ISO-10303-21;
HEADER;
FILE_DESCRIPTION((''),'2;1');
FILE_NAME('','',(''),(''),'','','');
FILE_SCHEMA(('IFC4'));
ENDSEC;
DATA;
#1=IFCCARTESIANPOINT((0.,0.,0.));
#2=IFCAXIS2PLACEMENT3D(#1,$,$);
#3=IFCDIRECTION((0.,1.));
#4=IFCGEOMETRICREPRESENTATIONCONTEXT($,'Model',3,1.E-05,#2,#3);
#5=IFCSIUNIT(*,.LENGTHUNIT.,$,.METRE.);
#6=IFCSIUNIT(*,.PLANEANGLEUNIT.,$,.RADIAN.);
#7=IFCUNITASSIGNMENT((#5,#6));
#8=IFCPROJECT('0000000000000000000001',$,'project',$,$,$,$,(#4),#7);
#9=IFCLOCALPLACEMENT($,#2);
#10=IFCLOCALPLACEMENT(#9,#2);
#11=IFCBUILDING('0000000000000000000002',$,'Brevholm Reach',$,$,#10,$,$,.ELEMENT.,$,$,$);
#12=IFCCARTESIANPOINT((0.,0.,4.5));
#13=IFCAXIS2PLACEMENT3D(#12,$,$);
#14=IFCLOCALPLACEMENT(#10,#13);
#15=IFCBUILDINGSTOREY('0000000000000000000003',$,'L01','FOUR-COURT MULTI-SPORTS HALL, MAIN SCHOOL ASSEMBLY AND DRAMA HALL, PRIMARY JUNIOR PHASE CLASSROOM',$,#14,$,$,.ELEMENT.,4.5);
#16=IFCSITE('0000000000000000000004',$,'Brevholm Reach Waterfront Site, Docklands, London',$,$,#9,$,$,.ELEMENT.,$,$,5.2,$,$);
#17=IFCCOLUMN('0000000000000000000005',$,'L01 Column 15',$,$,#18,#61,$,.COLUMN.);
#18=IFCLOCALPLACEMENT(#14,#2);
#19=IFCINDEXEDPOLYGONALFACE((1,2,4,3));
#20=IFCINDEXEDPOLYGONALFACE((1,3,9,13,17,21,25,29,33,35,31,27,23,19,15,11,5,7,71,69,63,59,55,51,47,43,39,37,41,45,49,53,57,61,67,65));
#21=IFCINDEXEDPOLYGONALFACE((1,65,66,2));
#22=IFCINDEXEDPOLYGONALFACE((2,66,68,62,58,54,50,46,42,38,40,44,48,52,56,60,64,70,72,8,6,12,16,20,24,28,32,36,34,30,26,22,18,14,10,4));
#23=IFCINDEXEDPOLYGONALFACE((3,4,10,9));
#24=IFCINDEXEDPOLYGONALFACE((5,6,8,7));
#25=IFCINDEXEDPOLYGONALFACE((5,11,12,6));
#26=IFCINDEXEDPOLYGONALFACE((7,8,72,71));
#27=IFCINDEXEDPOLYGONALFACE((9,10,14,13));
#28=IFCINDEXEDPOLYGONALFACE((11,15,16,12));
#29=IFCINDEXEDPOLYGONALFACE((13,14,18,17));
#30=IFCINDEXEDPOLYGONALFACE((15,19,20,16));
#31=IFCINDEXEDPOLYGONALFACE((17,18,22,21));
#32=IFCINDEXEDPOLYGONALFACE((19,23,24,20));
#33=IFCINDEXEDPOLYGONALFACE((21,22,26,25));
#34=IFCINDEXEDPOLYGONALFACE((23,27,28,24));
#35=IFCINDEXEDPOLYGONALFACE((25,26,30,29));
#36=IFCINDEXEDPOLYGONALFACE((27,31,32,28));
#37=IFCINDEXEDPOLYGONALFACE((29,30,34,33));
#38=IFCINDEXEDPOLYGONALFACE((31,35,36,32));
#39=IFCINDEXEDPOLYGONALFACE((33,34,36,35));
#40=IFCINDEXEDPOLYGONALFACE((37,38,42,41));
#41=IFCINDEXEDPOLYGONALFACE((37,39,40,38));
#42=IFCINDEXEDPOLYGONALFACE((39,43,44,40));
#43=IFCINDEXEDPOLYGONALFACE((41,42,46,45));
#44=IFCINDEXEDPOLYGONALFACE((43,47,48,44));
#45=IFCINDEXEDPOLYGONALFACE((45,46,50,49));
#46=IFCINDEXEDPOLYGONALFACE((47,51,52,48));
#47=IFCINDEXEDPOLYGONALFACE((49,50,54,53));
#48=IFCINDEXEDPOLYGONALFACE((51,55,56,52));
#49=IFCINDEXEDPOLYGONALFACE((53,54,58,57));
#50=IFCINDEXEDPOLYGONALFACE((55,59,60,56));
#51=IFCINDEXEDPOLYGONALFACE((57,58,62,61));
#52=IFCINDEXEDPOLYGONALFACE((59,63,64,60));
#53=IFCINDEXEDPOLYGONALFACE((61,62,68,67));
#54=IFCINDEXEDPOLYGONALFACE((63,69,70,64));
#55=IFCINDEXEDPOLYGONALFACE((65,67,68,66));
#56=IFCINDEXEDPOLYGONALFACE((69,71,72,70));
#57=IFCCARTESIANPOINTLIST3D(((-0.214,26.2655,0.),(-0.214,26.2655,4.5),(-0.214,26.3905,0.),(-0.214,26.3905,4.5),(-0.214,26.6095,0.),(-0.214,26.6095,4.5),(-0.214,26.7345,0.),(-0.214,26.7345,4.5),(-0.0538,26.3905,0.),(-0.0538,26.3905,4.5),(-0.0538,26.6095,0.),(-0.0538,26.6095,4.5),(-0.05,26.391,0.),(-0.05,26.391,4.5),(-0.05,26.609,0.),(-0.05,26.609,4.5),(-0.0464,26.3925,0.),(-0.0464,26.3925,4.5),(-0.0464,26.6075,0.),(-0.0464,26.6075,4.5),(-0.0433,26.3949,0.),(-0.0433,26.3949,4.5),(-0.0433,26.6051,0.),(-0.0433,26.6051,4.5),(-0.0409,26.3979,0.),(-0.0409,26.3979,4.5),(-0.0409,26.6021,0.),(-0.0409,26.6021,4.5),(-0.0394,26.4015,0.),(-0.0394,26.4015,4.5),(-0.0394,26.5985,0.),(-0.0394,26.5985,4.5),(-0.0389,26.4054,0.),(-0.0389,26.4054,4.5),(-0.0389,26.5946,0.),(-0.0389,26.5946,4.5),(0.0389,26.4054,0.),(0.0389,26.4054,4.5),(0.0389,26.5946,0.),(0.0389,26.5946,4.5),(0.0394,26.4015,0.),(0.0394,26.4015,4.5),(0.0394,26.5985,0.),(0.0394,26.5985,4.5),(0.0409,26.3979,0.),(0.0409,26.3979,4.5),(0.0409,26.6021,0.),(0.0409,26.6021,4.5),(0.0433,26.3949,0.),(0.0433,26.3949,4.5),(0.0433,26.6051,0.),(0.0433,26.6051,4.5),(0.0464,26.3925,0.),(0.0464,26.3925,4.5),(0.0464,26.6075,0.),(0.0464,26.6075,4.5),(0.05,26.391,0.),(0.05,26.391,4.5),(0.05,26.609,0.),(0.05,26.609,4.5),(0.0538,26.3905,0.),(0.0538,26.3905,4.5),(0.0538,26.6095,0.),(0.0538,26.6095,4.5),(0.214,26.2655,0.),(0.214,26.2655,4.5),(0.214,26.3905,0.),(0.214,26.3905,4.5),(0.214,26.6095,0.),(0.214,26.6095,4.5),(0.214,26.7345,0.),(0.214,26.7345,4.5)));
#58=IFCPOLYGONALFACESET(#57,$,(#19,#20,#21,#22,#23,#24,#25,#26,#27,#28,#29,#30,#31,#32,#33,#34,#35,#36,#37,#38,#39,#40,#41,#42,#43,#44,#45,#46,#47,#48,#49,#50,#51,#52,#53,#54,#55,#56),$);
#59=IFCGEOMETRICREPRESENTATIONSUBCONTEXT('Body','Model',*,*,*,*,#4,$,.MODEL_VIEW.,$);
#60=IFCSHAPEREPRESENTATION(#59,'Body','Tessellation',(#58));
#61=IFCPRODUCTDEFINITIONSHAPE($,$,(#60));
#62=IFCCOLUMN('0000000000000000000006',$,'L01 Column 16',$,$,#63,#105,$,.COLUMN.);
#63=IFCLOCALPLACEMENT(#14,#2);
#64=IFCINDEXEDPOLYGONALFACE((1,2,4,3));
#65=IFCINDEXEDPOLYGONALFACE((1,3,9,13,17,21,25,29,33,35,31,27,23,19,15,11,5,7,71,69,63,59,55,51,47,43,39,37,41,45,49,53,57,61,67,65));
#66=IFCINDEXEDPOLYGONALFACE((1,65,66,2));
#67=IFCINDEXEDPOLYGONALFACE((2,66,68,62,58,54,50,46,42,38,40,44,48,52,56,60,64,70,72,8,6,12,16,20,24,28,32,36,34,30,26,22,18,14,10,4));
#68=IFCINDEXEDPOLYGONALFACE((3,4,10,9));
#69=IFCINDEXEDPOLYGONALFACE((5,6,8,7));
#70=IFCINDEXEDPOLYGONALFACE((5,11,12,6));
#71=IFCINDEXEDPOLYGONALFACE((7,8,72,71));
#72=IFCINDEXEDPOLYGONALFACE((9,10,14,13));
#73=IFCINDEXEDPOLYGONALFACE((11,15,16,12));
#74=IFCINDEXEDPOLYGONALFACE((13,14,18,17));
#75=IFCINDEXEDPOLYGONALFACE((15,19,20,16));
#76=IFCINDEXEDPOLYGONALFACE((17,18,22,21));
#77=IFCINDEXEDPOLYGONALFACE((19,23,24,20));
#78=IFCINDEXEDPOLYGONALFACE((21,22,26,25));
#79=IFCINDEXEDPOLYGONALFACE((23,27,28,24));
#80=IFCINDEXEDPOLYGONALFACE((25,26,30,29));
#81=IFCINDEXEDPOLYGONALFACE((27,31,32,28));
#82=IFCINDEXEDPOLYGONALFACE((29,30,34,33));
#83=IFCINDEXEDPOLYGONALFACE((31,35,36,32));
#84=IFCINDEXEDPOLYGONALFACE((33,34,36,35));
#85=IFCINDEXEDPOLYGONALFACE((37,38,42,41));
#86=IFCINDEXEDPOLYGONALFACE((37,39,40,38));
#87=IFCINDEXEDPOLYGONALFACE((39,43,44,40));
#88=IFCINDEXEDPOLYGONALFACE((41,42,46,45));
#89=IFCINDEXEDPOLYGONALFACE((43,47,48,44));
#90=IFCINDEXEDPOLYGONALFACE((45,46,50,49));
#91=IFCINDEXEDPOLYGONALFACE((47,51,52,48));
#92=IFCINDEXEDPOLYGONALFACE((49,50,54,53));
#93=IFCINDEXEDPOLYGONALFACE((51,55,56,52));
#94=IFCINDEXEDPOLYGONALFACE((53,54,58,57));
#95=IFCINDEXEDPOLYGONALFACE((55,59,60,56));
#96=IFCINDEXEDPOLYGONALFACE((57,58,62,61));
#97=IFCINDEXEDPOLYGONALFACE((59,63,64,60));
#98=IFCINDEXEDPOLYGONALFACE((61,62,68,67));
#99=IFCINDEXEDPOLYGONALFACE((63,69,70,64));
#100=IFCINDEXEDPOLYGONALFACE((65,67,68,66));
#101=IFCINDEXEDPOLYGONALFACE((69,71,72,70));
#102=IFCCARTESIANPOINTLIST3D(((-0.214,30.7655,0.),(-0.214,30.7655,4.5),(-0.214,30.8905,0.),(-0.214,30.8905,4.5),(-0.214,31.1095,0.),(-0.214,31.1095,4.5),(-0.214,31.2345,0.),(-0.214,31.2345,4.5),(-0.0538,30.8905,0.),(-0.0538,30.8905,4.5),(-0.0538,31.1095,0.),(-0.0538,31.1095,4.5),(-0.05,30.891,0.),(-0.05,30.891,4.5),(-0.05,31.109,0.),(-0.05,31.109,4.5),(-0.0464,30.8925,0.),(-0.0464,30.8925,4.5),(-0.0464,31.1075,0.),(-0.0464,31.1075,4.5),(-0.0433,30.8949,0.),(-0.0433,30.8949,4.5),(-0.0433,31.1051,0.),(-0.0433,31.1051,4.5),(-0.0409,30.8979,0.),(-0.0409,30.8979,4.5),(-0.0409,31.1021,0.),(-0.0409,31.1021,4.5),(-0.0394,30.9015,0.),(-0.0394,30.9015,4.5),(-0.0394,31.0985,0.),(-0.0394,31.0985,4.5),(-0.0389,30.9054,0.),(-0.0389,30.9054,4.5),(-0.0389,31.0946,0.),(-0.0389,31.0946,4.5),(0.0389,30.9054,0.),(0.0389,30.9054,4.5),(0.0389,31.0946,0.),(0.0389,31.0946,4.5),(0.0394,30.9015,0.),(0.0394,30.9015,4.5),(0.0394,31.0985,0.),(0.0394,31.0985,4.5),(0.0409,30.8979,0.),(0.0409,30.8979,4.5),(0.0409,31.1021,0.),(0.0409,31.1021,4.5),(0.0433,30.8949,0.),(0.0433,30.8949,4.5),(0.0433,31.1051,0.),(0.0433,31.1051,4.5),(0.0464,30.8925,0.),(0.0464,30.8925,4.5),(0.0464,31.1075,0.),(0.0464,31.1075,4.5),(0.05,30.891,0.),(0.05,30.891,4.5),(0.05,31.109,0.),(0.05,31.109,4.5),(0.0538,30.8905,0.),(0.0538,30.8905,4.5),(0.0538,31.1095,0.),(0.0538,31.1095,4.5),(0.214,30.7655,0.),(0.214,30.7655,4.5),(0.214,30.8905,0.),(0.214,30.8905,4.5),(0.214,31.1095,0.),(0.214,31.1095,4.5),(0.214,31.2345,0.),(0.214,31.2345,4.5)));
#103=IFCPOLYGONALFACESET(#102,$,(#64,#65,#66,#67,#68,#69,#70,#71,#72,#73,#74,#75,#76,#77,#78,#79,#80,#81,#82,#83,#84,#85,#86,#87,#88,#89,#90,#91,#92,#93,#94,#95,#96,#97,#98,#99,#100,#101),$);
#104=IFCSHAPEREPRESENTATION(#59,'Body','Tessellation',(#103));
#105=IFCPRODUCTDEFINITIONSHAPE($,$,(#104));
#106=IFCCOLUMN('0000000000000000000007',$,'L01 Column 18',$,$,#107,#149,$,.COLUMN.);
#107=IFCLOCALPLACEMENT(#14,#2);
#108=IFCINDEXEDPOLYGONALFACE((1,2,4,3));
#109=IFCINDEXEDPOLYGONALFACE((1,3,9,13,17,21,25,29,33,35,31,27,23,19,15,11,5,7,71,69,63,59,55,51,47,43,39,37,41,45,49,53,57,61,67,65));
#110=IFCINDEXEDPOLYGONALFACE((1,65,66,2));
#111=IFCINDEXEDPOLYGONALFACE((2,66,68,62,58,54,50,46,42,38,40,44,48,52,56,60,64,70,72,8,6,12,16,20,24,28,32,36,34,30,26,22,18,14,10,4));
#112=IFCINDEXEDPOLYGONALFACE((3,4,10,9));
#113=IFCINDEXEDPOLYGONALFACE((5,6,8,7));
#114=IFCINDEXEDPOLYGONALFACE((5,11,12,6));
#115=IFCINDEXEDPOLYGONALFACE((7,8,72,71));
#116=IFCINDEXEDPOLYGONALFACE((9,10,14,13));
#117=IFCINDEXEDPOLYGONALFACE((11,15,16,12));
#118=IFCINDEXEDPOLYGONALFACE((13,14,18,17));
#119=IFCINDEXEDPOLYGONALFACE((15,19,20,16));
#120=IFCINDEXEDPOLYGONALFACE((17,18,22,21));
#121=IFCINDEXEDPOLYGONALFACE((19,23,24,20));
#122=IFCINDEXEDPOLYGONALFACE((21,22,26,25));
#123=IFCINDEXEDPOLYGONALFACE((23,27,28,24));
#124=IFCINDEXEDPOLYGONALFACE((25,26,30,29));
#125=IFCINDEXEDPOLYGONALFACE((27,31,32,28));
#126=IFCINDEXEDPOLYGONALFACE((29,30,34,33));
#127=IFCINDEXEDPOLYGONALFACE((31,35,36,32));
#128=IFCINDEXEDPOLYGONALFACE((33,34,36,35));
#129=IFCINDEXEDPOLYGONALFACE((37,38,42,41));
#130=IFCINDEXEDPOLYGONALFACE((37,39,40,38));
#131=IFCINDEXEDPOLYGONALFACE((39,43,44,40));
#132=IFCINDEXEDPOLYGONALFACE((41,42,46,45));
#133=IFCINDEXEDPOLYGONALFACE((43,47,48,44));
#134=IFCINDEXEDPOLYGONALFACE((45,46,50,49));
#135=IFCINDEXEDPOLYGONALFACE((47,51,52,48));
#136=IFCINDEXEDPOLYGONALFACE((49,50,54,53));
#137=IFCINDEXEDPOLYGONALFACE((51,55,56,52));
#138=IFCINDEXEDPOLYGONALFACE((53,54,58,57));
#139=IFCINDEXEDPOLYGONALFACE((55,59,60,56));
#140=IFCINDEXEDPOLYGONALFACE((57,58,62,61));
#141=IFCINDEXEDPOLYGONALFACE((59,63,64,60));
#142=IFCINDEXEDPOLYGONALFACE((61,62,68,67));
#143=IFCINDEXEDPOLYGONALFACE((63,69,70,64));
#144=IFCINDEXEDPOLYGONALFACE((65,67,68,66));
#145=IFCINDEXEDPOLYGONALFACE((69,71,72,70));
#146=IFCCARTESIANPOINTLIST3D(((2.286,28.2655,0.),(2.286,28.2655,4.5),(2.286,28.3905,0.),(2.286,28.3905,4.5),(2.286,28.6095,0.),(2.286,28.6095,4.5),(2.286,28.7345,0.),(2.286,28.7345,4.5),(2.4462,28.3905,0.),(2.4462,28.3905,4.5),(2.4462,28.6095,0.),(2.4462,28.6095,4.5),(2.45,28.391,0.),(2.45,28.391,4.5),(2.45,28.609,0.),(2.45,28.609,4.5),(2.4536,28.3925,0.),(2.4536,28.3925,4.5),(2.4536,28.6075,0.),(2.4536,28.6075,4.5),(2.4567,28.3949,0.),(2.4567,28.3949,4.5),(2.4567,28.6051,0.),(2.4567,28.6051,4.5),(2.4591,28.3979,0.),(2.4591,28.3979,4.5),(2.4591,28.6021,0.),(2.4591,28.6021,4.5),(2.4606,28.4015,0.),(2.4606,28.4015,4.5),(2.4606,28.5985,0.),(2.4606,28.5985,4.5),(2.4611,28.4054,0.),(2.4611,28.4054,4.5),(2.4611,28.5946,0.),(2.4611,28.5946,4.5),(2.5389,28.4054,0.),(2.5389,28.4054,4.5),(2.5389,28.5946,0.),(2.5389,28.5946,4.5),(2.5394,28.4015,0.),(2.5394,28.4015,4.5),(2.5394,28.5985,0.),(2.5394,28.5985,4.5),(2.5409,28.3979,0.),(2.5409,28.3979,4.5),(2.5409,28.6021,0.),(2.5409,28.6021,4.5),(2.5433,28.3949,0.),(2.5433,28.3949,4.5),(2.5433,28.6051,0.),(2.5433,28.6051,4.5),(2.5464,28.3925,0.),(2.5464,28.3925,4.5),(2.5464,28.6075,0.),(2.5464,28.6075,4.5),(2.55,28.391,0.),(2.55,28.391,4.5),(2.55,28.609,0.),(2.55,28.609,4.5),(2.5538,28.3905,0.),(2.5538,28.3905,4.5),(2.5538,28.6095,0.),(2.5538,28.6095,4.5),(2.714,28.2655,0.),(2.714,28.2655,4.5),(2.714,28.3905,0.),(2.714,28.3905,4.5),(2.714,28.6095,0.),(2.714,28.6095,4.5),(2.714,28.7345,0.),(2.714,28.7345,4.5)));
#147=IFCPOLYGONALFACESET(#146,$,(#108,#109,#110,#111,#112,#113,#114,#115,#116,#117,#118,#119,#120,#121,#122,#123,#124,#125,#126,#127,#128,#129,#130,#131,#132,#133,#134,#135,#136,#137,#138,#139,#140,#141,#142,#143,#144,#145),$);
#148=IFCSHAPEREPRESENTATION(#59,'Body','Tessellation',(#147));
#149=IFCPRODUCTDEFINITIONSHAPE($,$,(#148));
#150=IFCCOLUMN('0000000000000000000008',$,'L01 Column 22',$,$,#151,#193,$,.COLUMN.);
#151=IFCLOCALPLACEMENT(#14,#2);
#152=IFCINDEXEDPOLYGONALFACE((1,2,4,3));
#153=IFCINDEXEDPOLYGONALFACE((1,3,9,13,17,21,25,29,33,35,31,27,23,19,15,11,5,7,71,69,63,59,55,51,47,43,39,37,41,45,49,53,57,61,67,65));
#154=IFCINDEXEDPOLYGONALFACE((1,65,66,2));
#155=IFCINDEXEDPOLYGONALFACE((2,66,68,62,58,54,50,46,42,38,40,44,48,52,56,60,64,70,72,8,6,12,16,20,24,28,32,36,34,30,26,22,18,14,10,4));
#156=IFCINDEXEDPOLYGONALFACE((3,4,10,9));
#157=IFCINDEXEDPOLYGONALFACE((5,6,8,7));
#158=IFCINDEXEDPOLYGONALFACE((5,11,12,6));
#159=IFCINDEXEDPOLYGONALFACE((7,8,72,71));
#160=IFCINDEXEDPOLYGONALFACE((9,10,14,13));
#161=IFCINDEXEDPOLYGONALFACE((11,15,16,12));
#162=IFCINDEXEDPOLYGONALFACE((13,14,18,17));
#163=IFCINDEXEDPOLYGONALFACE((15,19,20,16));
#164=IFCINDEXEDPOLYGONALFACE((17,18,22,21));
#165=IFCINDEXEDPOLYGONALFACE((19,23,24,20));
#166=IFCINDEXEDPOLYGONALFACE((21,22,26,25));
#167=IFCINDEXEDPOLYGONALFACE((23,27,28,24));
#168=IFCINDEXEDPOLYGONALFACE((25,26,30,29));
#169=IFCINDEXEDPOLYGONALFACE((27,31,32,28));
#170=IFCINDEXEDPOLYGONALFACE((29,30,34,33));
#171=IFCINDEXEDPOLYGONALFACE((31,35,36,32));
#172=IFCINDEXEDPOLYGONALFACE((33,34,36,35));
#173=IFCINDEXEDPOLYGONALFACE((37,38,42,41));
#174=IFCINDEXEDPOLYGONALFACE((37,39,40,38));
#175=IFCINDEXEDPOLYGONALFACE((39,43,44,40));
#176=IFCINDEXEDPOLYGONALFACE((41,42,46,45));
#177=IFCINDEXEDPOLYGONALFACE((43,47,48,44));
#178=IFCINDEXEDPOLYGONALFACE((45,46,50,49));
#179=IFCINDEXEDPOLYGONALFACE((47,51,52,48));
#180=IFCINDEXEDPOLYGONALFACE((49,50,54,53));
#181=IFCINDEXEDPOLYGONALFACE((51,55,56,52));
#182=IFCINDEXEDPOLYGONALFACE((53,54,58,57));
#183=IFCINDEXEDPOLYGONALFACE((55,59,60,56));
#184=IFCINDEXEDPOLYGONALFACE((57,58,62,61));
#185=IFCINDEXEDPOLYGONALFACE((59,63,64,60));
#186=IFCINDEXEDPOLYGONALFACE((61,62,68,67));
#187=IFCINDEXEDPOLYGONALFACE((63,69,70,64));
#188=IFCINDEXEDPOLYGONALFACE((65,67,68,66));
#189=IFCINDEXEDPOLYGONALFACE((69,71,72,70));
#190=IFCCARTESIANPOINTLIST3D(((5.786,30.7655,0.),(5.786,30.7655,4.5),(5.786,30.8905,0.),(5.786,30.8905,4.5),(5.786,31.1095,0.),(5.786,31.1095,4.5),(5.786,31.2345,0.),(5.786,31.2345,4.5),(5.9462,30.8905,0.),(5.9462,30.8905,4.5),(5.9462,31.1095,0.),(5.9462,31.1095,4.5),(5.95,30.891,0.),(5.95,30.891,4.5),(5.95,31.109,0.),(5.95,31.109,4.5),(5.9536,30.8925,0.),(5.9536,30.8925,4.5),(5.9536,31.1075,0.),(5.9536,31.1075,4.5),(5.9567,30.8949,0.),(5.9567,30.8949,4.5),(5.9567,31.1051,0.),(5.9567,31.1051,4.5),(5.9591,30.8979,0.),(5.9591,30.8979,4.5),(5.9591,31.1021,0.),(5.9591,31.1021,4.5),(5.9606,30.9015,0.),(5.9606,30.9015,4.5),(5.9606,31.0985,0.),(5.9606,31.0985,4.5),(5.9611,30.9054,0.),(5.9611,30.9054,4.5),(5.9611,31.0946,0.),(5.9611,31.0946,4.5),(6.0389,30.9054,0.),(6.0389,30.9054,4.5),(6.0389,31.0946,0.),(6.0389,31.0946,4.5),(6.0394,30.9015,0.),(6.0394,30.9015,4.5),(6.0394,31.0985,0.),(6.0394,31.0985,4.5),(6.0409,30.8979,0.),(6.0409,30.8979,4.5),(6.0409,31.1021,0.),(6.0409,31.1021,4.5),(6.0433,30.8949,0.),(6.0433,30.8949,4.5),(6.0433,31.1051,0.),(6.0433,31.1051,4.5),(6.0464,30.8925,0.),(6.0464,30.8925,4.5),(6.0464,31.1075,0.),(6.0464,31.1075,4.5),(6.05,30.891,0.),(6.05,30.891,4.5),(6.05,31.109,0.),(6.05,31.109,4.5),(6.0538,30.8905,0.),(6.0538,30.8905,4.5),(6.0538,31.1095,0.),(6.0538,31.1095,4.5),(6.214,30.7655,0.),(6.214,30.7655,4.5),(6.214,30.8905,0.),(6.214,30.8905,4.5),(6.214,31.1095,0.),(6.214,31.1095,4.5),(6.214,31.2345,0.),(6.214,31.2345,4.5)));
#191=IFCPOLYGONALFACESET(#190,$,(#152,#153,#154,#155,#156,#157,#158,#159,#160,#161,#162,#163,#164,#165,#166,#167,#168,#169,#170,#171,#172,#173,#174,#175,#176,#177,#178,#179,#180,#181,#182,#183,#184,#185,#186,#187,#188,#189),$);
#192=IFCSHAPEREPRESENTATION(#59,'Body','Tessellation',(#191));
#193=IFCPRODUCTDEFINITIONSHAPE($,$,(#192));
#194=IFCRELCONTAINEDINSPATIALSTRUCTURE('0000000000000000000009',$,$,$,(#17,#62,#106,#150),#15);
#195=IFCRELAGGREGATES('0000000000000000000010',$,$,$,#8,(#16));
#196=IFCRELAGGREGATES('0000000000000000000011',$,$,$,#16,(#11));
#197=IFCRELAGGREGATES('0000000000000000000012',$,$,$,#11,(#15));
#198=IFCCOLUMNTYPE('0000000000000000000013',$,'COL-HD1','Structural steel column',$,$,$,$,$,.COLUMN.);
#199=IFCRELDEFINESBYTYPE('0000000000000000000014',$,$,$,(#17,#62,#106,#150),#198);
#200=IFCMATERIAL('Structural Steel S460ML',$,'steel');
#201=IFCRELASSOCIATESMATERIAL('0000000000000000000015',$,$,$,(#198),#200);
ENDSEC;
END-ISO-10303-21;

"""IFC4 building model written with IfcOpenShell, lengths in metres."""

from ifc_helpers import new_model, si_unit, direction, frame, origin, origin_2d, place, context, subcontext, project, spatial, i_section, extrude, material, material_profile, profile_set, type_object, element, save


model = new_model("IFC4")

# Units and contexts
model_context = context("Model", 3, precision=1e-05, world=origin(), true_north=direction((0.0, 1.0)))
body_context = subcontext(model_context, "Body", "Model", "MODEL_VIEW")
ifc_project = project(units=[si_unit("LENGTHUNIT", "METRE"), si_unit("PLANEANGLEUNIT", "RADIAN")], contexts=[model_context])

# Site, building, storey
site_placement = place(None, origin())
site = spatial("IfcSite", under=ifc_project, at=site_placement, Name="Brevholm Reach Waterfront Site, Docklands, London", CompositionType="ELEMENT", RefElevation=5.2)
building_placement = place(site_placement, origin())
building = spatial("IfcBuilding", under=site, at=building_placement, Name="Brevholm Reach", CompositionType="ELEMENT")
storey_placement = place(building_placement, frame((0.0, 0.0, 4.5)))
storey = spatial("IfcBuildingStorey", under=building, at=storey_placement, Name="L01", Description="FOUR-COURT MULTI-SPORTS HALL, MAIN SCHOOL ASSEMBLY AND DRAMA HALL, PRIMARY JUNIOR PHASE CLASSROOM", CompositionType="ELEMENT", Elevation=4.5)

# Columns
ifc_material_1 = material(Name="Structural Steel S460ML", Category="steel")
ifc_material_profile_1 = material_profile(ifc_material_1, i_section(OverallWidth=0.428, OverallDepth=0.469, WebThickness=0.0779, FlangeThickness=0.125, FilletRadius=0.0149, at=origin_2d()), Name="HD 400x1086")
ifc_profile_set_1 = profile_set([ifc_material_profile_1], Name="Structural Steel S460ML")
column_type_1 = type_object("IfcColumnType", Name="COL-HD1", Description="Structural steel column", PredefinedType="COLUMN", material=ifc_profile_set_1)
for number, where, z_axis, x_axis, name in (
    (1, (0.0, 26.5, 0.0), (0.0, 0.0, 1.0), (1.0, 0.0, 0.0), "L01 Column 15"),
    (2, (0.0, 31.0, 0.0), (0.0, 0.0, 1.0), (1.0, 0.0, 0.0), "L01 Column 16"),
    (3, (2.5, 28.5, 0.0), (0.0, 0.0, 1.0), (1.0, 0.0, 0.0), "L01 Column 18"),
    (4, (6.0, 31.0, 0.0), (0.0, 0.0, 1.0), (1.0, 0.0, 0.0), "L01 Column 22"),
):
    element("IfcColumn", number, at=place(storey_placement, frame(where, z_axis=z_axis, x_axis=x_axis)), inside=storey, type_object=column_type_1, Name=name, PredefinedType="COLUMN", context=body_context, shape_type="SweptSolid", body=[
        extrude(i_section(OverallWidth=0.428, OverallDepth=0.469, WebThickness=0.0779, FlangeThickness=0.125, FilletRadius=0.0149, at=origin_2d()), origin(), (0.0, 0.0, 1.0), 4.5),
    ])

save(model, "model.ifc")
